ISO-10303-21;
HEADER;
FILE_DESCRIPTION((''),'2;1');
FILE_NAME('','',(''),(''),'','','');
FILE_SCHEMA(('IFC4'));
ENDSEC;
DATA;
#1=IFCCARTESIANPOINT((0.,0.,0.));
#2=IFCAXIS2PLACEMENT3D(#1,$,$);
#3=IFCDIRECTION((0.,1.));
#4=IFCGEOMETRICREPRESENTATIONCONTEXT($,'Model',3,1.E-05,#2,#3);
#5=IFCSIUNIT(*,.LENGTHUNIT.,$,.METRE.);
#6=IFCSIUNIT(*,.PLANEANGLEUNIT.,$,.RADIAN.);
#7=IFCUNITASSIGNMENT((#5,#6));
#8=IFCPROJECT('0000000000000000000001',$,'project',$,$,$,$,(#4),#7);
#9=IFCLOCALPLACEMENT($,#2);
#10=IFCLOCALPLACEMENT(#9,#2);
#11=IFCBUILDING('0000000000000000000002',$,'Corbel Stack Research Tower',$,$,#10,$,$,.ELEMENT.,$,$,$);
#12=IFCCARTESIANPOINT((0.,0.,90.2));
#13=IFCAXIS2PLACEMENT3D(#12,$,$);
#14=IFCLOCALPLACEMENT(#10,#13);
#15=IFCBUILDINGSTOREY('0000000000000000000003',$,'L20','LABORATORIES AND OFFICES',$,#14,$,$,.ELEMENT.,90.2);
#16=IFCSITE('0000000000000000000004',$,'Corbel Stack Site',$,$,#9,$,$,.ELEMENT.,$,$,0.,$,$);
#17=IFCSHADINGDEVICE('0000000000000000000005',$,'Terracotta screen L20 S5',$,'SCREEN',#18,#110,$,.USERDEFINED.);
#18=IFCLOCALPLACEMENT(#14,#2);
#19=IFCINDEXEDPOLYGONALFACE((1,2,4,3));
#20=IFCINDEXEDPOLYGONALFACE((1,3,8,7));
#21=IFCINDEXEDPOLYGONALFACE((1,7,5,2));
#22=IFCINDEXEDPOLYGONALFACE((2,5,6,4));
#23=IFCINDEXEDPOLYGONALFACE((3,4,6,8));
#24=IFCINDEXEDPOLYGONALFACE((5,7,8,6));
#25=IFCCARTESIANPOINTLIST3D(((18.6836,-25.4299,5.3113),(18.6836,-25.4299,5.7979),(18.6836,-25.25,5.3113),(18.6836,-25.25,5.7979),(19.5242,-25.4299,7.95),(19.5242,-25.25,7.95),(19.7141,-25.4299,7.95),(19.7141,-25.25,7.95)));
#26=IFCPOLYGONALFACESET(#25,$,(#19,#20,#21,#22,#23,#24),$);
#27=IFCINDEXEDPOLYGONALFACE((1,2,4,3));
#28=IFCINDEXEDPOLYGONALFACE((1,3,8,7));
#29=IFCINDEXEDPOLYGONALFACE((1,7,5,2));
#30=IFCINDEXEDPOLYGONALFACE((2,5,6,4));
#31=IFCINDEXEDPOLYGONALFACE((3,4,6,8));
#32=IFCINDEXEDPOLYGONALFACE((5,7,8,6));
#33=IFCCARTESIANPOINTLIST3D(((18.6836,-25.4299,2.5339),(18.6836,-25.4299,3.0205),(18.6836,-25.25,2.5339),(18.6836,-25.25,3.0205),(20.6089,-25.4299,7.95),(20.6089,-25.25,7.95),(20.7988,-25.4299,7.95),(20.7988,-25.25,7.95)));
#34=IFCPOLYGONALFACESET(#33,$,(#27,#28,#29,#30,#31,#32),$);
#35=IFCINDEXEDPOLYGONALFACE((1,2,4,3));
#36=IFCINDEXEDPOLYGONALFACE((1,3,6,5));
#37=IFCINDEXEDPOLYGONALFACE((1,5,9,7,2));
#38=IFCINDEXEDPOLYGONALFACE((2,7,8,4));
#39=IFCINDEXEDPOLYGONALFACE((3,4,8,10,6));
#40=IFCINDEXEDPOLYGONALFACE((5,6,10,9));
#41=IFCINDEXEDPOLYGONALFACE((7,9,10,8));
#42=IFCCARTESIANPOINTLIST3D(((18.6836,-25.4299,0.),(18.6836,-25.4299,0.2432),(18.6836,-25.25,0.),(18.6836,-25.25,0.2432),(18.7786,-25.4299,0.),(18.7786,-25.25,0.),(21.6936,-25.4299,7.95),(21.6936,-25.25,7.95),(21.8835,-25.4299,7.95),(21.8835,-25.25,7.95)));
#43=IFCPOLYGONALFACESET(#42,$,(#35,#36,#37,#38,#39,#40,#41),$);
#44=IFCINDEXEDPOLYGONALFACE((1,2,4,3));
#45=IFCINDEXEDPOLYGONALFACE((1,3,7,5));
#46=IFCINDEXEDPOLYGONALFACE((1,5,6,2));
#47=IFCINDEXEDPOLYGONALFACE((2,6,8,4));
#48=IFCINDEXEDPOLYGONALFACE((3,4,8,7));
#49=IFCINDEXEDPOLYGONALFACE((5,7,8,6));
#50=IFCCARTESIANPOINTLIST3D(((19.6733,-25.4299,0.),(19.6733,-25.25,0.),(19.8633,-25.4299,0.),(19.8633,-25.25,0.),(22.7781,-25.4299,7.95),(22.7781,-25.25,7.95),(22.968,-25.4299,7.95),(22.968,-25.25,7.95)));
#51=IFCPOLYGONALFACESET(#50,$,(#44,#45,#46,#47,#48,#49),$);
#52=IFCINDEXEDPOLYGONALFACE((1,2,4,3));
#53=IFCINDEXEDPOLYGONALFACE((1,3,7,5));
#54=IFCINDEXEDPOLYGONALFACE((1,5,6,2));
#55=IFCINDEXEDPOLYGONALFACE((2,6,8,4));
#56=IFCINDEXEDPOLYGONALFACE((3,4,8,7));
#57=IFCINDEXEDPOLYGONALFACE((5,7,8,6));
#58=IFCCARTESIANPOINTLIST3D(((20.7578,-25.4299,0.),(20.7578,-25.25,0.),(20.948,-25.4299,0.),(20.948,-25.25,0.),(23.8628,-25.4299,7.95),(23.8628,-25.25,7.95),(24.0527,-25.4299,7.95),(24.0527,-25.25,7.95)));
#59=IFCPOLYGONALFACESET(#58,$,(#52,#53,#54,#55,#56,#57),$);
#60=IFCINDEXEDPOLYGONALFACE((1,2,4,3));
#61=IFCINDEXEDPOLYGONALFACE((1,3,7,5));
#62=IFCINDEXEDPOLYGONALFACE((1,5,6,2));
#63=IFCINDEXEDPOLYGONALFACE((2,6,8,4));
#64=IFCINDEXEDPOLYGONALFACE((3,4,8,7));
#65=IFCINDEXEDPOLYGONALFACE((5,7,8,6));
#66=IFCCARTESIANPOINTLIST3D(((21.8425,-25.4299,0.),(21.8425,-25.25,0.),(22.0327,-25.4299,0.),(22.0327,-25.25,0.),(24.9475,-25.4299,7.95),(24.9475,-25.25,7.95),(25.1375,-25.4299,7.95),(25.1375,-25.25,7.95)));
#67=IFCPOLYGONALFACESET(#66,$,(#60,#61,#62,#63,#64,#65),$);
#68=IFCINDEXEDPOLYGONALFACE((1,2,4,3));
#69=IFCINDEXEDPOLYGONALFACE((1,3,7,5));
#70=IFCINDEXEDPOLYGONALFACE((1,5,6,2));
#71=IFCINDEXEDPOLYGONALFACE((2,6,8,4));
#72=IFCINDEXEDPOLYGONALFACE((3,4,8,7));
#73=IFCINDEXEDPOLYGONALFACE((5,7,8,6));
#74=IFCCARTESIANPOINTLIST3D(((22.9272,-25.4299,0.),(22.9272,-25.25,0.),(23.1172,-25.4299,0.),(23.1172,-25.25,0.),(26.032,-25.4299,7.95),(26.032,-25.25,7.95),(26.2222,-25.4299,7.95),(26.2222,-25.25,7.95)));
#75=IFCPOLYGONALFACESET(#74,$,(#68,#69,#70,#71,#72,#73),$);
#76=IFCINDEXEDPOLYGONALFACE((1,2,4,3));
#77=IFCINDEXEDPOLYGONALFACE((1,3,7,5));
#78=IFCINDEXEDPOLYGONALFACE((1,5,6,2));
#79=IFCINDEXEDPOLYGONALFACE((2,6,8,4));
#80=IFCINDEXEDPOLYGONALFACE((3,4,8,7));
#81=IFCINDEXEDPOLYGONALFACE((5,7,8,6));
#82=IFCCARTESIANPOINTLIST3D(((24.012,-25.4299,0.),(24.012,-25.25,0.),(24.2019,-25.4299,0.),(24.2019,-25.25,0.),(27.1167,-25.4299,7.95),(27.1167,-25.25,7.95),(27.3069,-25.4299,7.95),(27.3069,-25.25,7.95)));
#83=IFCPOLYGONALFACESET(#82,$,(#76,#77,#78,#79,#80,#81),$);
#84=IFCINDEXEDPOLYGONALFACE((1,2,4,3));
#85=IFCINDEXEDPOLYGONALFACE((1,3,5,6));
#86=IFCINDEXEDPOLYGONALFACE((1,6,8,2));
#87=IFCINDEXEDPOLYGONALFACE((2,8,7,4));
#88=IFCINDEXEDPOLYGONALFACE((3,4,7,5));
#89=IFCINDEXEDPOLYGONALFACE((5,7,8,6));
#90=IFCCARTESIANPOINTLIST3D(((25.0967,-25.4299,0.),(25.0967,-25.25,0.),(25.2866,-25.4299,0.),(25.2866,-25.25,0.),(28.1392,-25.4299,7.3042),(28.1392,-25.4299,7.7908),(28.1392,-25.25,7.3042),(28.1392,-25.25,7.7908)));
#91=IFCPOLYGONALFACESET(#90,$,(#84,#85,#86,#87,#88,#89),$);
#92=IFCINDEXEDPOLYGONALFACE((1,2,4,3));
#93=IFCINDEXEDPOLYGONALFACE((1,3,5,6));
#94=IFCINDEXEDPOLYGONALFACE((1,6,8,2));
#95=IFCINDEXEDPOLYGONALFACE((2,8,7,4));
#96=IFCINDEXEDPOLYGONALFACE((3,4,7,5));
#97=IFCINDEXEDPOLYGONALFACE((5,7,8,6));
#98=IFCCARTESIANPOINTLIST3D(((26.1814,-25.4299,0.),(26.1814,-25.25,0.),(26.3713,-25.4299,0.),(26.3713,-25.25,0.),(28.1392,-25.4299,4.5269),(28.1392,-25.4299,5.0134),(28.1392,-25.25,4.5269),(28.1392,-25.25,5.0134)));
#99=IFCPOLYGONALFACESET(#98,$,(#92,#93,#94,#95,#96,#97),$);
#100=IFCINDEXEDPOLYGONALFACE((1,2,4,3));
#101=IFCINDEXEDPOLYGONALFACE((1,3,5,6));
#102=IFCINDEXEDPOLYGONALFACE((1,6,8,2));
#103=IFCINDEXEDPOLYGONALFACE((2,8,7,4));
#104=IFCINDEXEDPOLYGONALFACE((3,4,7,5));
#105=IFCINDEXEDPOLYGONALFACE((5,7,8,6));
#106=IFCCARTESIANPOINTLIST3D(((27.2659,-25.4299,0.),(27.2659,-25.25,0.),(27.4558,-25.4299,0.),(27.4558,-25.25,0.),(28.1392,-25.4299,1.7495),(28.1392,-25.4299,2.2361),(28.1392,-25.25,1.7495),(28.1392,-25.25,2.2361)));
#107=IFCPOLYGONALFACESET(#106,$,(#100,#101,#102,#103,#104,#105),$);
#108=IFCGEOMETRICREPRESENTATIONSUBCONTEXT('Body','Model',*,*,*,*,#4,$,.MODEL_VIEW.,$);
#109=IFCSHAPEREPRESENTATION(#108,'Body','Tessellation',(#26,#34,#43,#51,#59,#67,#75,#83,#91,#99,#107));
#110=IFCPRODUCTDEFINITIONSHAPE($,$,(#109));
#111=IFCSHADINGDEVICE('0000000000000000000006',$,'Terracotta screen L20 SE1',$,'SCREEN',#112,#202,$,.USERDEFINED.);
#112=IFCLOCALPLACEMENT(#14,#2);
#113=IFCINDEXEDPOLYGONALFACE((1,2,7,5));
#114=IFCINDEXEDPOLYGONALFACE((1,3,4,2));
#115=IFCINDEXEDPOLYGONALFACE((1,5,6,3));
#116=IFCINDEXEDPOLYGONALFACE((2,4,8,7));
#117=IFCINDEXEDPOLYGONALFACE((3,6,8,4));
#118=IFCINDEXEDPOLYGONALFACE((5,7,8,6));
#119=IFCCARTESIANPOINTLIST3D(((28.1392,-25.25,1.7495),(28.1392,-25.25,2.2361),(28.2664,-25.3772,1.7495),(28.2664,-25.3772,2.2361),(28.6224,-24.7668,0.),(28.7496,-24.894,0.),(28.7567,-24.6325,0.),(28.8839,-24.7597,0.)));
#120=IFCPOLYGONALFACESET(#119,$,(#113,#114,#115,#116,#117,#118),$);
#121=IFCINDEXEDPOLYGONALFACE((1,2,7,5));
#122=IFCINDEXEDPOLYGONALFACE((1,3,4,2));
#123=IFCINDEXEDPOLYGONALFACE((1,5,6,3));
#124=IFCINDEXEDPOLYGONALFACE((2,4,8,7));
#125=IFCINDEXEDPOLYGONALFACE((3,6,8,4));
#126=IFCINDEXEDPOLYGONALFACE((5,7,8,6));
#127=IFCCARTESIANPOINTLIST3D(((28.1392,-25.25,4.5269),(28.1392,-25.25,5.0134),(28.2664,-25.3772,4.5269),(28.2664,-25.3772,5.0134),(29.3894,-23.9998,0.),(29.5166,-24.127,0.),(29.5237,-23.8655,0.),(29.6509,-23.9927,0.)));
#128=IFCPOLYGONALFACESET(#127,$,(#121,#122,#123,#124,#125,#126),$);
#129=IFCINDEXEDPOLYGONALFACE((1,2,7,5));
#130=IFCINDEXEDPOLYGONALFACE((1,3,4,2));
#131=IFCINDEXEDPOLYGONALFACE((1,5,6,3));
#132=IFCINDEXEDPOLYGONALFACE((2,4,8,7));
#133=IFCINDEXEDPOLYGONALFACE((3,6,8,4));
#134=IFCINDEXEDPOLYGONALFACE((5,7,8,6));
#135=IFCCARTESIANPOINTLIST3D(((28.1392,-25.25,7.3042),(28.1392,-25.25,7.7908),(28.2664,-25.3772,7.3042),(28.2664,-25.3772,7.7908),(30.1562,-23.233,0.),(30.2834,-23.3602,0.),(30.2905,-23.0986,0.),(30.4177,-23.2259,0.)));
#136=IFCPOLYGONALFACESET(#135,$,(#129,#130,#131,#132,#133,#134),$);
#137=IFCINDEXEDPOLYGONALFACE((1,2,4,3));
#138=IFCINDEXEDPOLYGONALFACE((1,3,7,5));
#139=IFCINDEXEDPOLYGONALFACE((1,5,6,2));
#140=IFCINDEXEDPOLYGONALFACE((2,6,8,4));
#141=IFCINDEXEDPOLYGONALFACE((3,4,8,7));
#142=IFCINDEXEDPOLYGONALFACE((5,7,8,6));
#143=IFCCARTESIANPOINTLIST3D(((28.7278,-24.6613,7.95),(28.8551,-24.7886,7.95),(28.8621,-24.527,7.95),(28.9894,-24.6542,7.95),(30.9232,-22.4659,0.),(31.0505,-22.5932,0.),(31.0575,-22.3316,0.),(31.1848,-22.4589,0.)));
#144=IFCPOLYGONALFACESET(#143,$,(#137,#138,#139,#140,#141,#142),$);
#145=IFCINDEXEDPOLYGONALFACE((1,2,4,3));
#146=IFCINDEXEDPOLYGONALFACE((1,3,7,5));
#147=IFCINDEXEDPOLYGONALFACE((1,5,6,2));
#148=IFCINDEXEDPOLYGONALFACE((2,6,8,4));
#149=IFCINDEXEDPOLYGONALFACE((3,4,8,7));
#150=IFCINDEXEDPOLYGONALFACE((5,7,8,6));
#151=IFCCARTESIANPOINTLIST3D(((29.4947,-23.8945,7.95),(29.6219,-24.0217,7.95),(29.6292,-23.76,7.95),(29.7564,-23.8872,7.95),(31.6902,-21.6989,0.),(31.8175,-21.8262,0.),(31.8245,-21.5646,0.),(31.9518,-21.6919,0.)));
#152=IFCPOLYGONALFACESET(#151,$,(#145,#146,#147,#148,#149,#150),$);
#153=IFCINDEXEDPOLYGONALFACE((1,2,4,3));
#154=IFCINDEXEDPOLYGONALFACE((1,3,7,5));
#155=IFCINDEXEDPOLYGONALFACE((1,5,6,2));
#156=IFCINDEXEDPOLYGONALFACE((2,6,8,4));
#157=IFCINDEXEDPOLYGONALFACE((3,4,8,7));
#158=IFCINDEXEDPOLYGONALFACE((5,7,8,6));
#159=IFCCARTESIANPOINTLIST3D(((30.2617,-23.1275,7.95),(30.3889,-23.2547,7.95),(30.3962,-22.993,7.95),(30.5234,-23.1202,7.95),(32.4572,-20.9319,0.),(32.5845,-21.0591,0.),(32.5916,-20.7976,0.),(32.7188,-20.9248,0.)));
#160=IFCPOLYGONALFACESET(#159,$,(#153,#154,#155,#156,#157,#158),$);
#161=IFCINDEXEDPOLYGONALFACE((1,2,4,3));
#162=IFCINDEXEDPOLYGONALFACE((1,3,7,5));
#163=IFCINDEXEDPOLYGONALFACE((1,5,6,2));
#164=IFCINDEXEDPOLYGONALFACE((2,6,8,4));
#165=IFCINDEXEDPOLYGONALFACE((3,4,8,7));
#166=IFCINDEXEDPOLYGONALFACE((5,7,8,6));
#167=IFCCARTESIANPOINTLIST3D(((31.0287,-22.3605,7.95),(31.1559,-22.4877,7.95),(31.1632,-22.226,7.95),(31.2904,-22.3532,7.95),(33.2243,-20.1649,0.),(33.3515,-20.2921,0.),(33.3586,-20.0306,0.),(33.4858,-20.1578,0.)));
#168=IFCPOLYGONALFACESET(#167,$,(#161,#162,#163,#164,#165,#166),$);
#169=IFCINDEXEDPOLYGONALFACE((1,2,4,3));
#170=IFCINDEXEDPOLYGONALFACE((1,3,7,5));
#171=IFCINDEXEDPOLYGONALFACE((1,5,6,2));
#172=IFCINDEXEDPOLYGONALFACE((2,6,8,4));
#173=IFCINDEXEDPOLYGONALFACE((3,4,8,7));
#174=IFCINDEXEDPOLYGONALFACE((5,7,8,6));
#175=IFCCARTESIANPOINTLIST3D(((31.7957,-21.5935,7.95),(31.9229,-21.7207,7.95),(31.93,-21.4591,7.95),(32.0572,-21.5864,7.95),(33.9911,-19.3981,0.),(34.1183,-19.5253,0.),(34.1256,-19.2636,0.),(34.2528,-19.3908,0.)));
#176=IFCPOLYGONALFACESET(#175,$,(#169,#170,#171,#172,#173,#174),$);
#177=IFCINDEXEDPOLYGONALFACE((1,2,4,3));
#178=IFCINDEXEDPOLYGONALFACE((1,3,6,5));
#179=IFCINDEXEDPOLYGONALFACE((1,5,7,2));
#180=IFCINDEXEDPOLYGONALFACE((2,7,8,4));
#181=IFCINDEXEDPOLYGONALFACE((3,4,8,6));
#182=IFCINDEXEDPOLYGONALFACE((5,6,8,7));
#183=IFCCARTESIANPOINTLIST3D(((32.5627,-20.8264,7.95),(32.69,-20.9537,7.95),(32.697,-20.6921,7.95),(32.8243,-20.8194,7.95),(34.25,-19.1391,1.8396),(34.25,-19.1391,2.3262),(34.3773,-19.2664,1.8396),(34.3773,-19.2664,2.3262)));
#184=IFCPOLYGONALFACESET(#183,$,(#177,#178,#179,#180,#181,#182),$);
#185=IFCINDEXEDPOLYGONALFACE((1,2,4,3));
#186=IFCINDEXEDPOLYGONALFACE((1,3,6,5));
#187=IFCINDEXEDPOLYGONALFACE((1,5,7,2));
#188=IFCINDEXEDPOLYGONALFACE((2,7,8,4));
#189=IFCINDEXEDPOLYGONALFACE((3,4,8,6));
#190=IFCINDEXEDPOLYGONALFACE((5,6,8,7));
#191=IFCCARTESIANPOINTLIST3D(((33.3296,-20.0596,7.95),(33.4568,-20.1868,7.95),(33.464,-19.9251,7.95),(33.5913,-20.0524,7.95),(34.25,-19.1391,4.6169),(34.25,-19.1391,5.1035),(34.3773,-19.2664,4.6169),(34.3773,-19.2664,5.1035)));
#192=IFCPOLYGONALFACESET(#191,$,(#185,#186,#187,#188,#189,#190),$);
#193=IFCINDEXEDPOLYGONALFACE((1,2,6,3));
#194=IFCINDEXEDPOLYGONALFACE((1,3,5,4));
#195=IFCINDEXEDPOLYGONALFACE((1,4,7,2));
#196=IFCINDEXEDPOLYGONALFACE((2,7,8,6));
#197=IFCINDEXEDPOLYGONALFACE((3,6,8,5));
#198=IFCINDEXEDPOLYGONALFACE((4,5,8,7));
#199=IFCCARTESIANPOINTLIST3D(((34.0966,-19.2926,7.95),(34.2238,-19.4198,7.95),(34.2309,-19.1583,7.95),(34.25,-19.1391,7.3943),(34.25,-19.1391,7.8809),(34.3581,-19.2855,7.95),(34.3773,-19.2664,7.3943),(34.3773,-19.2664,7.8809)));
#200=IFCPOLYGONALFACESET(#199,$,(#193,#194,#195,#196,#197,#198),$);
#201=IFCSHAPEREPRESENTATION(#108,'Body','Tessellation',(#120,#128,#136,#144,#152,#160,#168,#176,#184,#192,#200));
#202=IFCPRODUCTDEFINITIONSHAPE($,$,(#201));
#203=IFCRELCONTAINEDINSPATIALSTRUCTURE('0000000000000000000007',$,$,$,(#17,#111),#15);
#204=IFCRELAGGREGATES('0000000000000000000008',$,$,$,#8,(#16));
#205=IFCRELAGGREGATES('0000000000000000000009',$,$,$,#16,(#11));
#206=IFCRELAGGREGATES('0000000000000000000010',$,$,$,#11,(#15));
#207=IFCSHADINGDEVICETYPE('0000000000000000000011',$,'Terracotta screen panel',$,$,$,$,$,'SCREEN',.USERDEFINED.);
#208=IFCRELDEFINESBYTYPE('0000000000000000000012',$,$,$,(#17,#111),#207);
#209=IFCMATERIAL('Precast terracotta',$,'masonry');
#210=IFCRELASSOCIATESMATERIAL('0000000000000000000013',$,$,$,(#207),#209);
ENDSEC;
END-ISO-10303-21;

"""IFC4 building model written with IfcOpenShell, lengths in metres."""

from ifc_helpers import new_model, si_unit, direction, frame, origin, place, context, subcontext, project, spatial, polyline, outline, extrude, source, transform, mapped, material, type_object, element, save


model = new_model("IFC4")

# Units and contexts
model_context = context("Model", 3, precision=1e-05, world=origin(), true_north=direction((0.0, 1.0)))
body_context = subcontext(model_context, "Body", "Model", "MODEL_VIEW")
ifc_project = project(units=[si_unit("LENGTHUNIT", "METRE"), si_unit("PLANEANGLEUNIT", "RADIAN")], contexts=[model_context])

# Site, building, storey
site_placement = place(None, origin())
site = spatial("IfcSite", under=ifc_project, at=site_placement, Name="Corbel Stack Site", CompositionType="ELEMENT", RefElevation=0.0)
building_placement = place(site_placement, origin())
building = spatial("IfcBuilding", under=site, at=building_placement, Name="Corbel Stack Research Tower", CompositionType="ELEMENT")
storey_placement = place(building_placement, frame((0.0, 0.0, 90.2)))
storey = spatial("IfcBuildingStorey", under=building, at=storey_placement, Name="L20", Description="LABORATORIES AND OFFICES", CompositionType="ELEMENT", Elevation=90.2)

# Shading devices
ifc_material_1 = material(Name="Precast terracotta", Category="masonry")
shading_device_type = type_object("IfcShadingDeviceType", Name="Terracotta screen panel", ElementType="SCREEN", PredefinedType="USERDEFINED", material=ifc_material_1)
shared_shape_1 = source(origin(), body_context, "Body", "SweptSolid", [
    extrude(outline(polyline([(1.0305, 7.95), (0.8406, 7.95), (0.0, 5.7979), (0.0, 5.3113), (1.0305, 7.95)])), frame((0.0, 0.0, 0.0), z_axis=(0.0, -1.0, 0.0), x_axis=(1.0, 0.0, 0.0)), (0.0, 0.0, 1.0), 0.1799),
    extrude(outline(polyline([(2.1152, 7.95), (1.9253, 7.95), (0.0, 3.0205), (0.0, 2.5339), (2.1152, 7.95)])), frame((0.0, 0.0, 0.0), z_axis=(0.0, -1.0, 0.0), x_axis=(1.0, 0.0, 0.0)), (0.0, 0.0, 1.0), 0.1799),
    extrude(outline(polyline([(0.095, 0.0), (3.2, 7.95), (3.01, 7.95), (0.0, 0.2432), (0.0, 0.0), (0.095, 0.0)])), frame((0.0, 0.0, 0.0), z_axis=(0.0, -1.0, 0.0), x_axis=(1.0, 0.0, 0.0)), (0.0, 0.0, 1.0), 0.1799),
    extrude(outline(polyline([(1.1797, 0.0), (4.2844, 7.95), (4.0945, 7.95), (0.9897, 0.0), (1.1797, 0.0)])), frame((0.0, 0.0, 0.0), z_axis=(0.0, -1.0, 0.0), x_axis=(1.0, 0.0, 0.0)), (0.0, 0.0, 1.0), 0.1799),
    extrude(outline(polyline([(2.2644, 0.0), (5.3691, 7.95), (5.1792, 7.95), (2.0742, 0.0), (2.2644, 0.0)])), frame((0.0, 0.0, 0.0), z_axis=(0.0, -1.0, 0.0), x_axis=(1.0, 0.0, 0.0)), (0.0, 0.0, 1.0), 0.1799),
    extrude(outline(polyline([(3.3491, 0.0), (6.4539, 7.95), (6.2639, 7.95), (3.1589, 0.0), (3.3491, 0.0)])), frame((0.0, 0.0, 0.0), z_axis=(0.0, -1.0, 0.0), x_axis=(1.0, 0.0, 0.0)), (0.0, 0.0, 1.0), 0.1799),
    extrude(outline(polyline([(4.4336, 0.0), (7.5386, 7.95), (7.3484, 7.95), (4.2437, 0.0), (4.4336, 0.0)])), frame((0.0, 0.0, 0.0), z_axis=(0.0, -1.0, 0.0), x_axis=(1.0, 0.0, 0.0)), (0.0, 0.0, 1.0), 0.1799),
    extrude(outline(polyline([(5.5183, 0.0), (8.6233, 7.95), (8.4331, 7.95), (5.3284, 0.0), (5.5183, 0.0)])), frame((0.0, 0.0, 0.0), z_axis=(0.0, -1.0, 0.0), x_axis=(1.0, 0.0, 0.0)), (0.0, 0.0, 1.0), 0.1799),
    extrude(outline(polyline([(6.603, 0.0), (9.4556, 7.3042), (9.4556, 7.7908), (6.4131, 0.0), (6.603, 0.0)])), frame((0.0, 0.0, 0.0), z_axis=(0.0, -1.0, 0.0), x_axis=(1.0, 0.0, 0.0)), (0.0, 0.0, 1.0), 0.1799),
    extrude(outline(polyline([(7.6877, 0.0), (9.4556, 4.5269), (9.4556, 5.0134), (7.4978, 0.0), (7.6877, 0.0)])), frame((0.0, 0.0, 0.0), z_axis=(0.0, -1.0, 0.0), x_axis=(1.0, 0.0, 0.0)), (0.0, 0.0, 1.0), 0.1799),
    extrude(outline(polyline([(8.7722, 0.0), (9.4556, 1.7495), (9.4556, 2.2361), (8.5823, 0.0), (8.7722, 0.0)])), frame((0.0, 0.0, 0.0), z_axis=(0.0, -1.0, 0.0), x_axis=(1.0, 0.0, 0.0)), (0.0, 0.0, 1.0), 0.1799),
])
shading_device_1_placement = place(storey_placement, frame((18.6836, -25.25, 0.0), z_axis=(0.0, 0.0, 1.0), x_axis=(1.0, 0.0, 0.0)))
element("IfcShadingDevice", 1, at=shading_device_1_placement, inside=storey, type_object=shading_device_type, Name="Terracotta screen L20 S5", ObjectType="SCREEN", PredefinedType="USERDEFINED", context=body_context, shape_type="MappedRepresentation", body=[
    mapped(shared_shape_1, transform((0.0, 0.0, 0.0))),
])
shared_shape_2 = source(origin(), body_context, "Body", "SweptSolid", [
    extrude(outline(polyline([(0.8733, 0.0), (0.0, 2.2361), (0.0, 1.7495), (0.6833, 0.0), (0.8733, 0.0)])), frame((0.0, 0.0, 0.0), z_axis=(0.0, -1.0, 0.0), x_axis=(1.0, 0.0, 0.0)), (0.0, 0.0, 1.0), 0.1799),
    extrude(outline(polyline([(1.958, 0.0), (0.0, 5.0134), (0.0, 4.5269), (1.7681, 0.0), (1.958, 0.0)])), frame((0.0, 0.0, 0.0), z_axis=(0.0, -1.0, 0.0), x_axis=(1.0, 0.0, 0.0)), (0.0, 0.0, 1.0), 0.1799),
    extrude(outline(polyline([(3.0425, 0.0), (0.0, 7.7908), (0.0, 7.3042), (2.8525, 0.0), (3.0425, 0.0)])), frame((0.0, 0.0, 0.0), z_axis=(0.0, -1.0, 0.0), x_axis=(1.0, 0.0, 0.0)), (0.0, 0.0, 1.0), 0.1799),
    extrude(outline(polyline([(4.1272, 0.0), (1.0225, 7.95), (0.8325, 7.95), (3.9373, 0.0), (4.1272, 0.0)])), frame((0.0, 0.0, 0.0), z_axis=(0.0, -1.0, 0.0), x_axis=(1.0, 0.0, 0.0)), (0.0, 0.0, 1.0), 0.1799),
    extrude(outline(polyline([(5.2119, 0.0), (2.1072, 7.95), (1.917, 7.95), (5.022, 0.0), (5.2119, 0.0)])), frame((0.0, 0.0, 0.0), z_axis=(0.0, -1.0, 0.0), x_axis=(1.0, 0.0, 0.0)), (0.0, 0.0, 1.0), 0.1799),
    extrude(outline(polyline([(6.2966, 0.0), (3.1919, 7.95), (3.0017, 7.95), (6.1067, 0.0), (6.2966, 0.0)])), frame((0.0, 0.0, 0.0), z_axis=(0.0, -1.0, 0.0), x_axis=(1.0, 0.0, 0.0)), (0.0, 0.0, 1.0), 0.1799),
    extrude(outline(polyline([(7.3813, 0.0), (4.2766, 7.95), (4.0864, 7.95), (7.1914, 0.0), (7.3813, 0.0)])), frame((0.0, 0.0, 0.0), z_axis=(0.0, -1.0, 0.0), x_axis=(1.0, 0.0, 0.0)), (0.0, 0.0, 1.0), 0.1799),
    extrude(outline(polyline([(8.4661, 0.0), (5.3611, 7.95), (5.1711, 7.95), (8.2759, 0.0), (8.4661, 0.0)])), frame((0.0, 0.0, 0.0), z_axis=(0.0, -1.0, 0.0), x_axis=(1.0, 0.0, 0.0)), (0.0, 0.0, 1.0), 0.1799),
    extrude(outline(polyline([(6.4458, 7.95), (6.2559, 7.95), (8.6421, 1.8396), (8.6421, 2.3262), (6.4458, 7.95)])), frame((0.0, 0.0, 0.0), z_axis=(0.0, -1.0, 0.0), x_axis=(1.0, 0.0, 0.0)), (0.0, 0.0, 1.0), 0.1799),
    extrude(outline(polyline([(7.5305, 7.95), (7.3403, 7.95), (8.6421, 4.6169), (8.6421, 5.1035), (7.5305, 7.95)])), frame((0.0, 0.0, 0.0), z_axis=(0.0, -1.0, 0.0), x_axis=(1.0, 0.0, 0.0)), (0.0, 0.0, 1.0), 0.1799),
    extrude(outline(polyline([(8.615, 7.95), (8.425, 7.95), (8.6421, 7.3943), (8.6421, 7.8809), (8.615, 7.95)])), frame((0.0, 0.0, 0.0), z_axis=(0.0, -1.0, 0.0), x_axis=(1.0, 0.0, 0.0)), (0.0, 0.0, 1.0), 0.1799),
])
shading_device_2_placement = place(storey_placement, frame((28.1392, -25.25, 0.0), z_axis=(0.0, 0.0, 1.0), x_axis=(0.707107, 0.707107, 0.0)))
element("IfcShadingDevice", 2, at=shading_device_2_placement, inside=storey, type_object=shading_device_type, Name="Terracotta screen L20 SE1", ObjectType="SCREEN", PredefinedType="USERDEFINED", context=body_context, shape_type="MappedRepresentation", body=[
    mapped(shared_shape_2, transform((0.0, 0.0, 0.0))),
])

save(model, "model.ifc")
